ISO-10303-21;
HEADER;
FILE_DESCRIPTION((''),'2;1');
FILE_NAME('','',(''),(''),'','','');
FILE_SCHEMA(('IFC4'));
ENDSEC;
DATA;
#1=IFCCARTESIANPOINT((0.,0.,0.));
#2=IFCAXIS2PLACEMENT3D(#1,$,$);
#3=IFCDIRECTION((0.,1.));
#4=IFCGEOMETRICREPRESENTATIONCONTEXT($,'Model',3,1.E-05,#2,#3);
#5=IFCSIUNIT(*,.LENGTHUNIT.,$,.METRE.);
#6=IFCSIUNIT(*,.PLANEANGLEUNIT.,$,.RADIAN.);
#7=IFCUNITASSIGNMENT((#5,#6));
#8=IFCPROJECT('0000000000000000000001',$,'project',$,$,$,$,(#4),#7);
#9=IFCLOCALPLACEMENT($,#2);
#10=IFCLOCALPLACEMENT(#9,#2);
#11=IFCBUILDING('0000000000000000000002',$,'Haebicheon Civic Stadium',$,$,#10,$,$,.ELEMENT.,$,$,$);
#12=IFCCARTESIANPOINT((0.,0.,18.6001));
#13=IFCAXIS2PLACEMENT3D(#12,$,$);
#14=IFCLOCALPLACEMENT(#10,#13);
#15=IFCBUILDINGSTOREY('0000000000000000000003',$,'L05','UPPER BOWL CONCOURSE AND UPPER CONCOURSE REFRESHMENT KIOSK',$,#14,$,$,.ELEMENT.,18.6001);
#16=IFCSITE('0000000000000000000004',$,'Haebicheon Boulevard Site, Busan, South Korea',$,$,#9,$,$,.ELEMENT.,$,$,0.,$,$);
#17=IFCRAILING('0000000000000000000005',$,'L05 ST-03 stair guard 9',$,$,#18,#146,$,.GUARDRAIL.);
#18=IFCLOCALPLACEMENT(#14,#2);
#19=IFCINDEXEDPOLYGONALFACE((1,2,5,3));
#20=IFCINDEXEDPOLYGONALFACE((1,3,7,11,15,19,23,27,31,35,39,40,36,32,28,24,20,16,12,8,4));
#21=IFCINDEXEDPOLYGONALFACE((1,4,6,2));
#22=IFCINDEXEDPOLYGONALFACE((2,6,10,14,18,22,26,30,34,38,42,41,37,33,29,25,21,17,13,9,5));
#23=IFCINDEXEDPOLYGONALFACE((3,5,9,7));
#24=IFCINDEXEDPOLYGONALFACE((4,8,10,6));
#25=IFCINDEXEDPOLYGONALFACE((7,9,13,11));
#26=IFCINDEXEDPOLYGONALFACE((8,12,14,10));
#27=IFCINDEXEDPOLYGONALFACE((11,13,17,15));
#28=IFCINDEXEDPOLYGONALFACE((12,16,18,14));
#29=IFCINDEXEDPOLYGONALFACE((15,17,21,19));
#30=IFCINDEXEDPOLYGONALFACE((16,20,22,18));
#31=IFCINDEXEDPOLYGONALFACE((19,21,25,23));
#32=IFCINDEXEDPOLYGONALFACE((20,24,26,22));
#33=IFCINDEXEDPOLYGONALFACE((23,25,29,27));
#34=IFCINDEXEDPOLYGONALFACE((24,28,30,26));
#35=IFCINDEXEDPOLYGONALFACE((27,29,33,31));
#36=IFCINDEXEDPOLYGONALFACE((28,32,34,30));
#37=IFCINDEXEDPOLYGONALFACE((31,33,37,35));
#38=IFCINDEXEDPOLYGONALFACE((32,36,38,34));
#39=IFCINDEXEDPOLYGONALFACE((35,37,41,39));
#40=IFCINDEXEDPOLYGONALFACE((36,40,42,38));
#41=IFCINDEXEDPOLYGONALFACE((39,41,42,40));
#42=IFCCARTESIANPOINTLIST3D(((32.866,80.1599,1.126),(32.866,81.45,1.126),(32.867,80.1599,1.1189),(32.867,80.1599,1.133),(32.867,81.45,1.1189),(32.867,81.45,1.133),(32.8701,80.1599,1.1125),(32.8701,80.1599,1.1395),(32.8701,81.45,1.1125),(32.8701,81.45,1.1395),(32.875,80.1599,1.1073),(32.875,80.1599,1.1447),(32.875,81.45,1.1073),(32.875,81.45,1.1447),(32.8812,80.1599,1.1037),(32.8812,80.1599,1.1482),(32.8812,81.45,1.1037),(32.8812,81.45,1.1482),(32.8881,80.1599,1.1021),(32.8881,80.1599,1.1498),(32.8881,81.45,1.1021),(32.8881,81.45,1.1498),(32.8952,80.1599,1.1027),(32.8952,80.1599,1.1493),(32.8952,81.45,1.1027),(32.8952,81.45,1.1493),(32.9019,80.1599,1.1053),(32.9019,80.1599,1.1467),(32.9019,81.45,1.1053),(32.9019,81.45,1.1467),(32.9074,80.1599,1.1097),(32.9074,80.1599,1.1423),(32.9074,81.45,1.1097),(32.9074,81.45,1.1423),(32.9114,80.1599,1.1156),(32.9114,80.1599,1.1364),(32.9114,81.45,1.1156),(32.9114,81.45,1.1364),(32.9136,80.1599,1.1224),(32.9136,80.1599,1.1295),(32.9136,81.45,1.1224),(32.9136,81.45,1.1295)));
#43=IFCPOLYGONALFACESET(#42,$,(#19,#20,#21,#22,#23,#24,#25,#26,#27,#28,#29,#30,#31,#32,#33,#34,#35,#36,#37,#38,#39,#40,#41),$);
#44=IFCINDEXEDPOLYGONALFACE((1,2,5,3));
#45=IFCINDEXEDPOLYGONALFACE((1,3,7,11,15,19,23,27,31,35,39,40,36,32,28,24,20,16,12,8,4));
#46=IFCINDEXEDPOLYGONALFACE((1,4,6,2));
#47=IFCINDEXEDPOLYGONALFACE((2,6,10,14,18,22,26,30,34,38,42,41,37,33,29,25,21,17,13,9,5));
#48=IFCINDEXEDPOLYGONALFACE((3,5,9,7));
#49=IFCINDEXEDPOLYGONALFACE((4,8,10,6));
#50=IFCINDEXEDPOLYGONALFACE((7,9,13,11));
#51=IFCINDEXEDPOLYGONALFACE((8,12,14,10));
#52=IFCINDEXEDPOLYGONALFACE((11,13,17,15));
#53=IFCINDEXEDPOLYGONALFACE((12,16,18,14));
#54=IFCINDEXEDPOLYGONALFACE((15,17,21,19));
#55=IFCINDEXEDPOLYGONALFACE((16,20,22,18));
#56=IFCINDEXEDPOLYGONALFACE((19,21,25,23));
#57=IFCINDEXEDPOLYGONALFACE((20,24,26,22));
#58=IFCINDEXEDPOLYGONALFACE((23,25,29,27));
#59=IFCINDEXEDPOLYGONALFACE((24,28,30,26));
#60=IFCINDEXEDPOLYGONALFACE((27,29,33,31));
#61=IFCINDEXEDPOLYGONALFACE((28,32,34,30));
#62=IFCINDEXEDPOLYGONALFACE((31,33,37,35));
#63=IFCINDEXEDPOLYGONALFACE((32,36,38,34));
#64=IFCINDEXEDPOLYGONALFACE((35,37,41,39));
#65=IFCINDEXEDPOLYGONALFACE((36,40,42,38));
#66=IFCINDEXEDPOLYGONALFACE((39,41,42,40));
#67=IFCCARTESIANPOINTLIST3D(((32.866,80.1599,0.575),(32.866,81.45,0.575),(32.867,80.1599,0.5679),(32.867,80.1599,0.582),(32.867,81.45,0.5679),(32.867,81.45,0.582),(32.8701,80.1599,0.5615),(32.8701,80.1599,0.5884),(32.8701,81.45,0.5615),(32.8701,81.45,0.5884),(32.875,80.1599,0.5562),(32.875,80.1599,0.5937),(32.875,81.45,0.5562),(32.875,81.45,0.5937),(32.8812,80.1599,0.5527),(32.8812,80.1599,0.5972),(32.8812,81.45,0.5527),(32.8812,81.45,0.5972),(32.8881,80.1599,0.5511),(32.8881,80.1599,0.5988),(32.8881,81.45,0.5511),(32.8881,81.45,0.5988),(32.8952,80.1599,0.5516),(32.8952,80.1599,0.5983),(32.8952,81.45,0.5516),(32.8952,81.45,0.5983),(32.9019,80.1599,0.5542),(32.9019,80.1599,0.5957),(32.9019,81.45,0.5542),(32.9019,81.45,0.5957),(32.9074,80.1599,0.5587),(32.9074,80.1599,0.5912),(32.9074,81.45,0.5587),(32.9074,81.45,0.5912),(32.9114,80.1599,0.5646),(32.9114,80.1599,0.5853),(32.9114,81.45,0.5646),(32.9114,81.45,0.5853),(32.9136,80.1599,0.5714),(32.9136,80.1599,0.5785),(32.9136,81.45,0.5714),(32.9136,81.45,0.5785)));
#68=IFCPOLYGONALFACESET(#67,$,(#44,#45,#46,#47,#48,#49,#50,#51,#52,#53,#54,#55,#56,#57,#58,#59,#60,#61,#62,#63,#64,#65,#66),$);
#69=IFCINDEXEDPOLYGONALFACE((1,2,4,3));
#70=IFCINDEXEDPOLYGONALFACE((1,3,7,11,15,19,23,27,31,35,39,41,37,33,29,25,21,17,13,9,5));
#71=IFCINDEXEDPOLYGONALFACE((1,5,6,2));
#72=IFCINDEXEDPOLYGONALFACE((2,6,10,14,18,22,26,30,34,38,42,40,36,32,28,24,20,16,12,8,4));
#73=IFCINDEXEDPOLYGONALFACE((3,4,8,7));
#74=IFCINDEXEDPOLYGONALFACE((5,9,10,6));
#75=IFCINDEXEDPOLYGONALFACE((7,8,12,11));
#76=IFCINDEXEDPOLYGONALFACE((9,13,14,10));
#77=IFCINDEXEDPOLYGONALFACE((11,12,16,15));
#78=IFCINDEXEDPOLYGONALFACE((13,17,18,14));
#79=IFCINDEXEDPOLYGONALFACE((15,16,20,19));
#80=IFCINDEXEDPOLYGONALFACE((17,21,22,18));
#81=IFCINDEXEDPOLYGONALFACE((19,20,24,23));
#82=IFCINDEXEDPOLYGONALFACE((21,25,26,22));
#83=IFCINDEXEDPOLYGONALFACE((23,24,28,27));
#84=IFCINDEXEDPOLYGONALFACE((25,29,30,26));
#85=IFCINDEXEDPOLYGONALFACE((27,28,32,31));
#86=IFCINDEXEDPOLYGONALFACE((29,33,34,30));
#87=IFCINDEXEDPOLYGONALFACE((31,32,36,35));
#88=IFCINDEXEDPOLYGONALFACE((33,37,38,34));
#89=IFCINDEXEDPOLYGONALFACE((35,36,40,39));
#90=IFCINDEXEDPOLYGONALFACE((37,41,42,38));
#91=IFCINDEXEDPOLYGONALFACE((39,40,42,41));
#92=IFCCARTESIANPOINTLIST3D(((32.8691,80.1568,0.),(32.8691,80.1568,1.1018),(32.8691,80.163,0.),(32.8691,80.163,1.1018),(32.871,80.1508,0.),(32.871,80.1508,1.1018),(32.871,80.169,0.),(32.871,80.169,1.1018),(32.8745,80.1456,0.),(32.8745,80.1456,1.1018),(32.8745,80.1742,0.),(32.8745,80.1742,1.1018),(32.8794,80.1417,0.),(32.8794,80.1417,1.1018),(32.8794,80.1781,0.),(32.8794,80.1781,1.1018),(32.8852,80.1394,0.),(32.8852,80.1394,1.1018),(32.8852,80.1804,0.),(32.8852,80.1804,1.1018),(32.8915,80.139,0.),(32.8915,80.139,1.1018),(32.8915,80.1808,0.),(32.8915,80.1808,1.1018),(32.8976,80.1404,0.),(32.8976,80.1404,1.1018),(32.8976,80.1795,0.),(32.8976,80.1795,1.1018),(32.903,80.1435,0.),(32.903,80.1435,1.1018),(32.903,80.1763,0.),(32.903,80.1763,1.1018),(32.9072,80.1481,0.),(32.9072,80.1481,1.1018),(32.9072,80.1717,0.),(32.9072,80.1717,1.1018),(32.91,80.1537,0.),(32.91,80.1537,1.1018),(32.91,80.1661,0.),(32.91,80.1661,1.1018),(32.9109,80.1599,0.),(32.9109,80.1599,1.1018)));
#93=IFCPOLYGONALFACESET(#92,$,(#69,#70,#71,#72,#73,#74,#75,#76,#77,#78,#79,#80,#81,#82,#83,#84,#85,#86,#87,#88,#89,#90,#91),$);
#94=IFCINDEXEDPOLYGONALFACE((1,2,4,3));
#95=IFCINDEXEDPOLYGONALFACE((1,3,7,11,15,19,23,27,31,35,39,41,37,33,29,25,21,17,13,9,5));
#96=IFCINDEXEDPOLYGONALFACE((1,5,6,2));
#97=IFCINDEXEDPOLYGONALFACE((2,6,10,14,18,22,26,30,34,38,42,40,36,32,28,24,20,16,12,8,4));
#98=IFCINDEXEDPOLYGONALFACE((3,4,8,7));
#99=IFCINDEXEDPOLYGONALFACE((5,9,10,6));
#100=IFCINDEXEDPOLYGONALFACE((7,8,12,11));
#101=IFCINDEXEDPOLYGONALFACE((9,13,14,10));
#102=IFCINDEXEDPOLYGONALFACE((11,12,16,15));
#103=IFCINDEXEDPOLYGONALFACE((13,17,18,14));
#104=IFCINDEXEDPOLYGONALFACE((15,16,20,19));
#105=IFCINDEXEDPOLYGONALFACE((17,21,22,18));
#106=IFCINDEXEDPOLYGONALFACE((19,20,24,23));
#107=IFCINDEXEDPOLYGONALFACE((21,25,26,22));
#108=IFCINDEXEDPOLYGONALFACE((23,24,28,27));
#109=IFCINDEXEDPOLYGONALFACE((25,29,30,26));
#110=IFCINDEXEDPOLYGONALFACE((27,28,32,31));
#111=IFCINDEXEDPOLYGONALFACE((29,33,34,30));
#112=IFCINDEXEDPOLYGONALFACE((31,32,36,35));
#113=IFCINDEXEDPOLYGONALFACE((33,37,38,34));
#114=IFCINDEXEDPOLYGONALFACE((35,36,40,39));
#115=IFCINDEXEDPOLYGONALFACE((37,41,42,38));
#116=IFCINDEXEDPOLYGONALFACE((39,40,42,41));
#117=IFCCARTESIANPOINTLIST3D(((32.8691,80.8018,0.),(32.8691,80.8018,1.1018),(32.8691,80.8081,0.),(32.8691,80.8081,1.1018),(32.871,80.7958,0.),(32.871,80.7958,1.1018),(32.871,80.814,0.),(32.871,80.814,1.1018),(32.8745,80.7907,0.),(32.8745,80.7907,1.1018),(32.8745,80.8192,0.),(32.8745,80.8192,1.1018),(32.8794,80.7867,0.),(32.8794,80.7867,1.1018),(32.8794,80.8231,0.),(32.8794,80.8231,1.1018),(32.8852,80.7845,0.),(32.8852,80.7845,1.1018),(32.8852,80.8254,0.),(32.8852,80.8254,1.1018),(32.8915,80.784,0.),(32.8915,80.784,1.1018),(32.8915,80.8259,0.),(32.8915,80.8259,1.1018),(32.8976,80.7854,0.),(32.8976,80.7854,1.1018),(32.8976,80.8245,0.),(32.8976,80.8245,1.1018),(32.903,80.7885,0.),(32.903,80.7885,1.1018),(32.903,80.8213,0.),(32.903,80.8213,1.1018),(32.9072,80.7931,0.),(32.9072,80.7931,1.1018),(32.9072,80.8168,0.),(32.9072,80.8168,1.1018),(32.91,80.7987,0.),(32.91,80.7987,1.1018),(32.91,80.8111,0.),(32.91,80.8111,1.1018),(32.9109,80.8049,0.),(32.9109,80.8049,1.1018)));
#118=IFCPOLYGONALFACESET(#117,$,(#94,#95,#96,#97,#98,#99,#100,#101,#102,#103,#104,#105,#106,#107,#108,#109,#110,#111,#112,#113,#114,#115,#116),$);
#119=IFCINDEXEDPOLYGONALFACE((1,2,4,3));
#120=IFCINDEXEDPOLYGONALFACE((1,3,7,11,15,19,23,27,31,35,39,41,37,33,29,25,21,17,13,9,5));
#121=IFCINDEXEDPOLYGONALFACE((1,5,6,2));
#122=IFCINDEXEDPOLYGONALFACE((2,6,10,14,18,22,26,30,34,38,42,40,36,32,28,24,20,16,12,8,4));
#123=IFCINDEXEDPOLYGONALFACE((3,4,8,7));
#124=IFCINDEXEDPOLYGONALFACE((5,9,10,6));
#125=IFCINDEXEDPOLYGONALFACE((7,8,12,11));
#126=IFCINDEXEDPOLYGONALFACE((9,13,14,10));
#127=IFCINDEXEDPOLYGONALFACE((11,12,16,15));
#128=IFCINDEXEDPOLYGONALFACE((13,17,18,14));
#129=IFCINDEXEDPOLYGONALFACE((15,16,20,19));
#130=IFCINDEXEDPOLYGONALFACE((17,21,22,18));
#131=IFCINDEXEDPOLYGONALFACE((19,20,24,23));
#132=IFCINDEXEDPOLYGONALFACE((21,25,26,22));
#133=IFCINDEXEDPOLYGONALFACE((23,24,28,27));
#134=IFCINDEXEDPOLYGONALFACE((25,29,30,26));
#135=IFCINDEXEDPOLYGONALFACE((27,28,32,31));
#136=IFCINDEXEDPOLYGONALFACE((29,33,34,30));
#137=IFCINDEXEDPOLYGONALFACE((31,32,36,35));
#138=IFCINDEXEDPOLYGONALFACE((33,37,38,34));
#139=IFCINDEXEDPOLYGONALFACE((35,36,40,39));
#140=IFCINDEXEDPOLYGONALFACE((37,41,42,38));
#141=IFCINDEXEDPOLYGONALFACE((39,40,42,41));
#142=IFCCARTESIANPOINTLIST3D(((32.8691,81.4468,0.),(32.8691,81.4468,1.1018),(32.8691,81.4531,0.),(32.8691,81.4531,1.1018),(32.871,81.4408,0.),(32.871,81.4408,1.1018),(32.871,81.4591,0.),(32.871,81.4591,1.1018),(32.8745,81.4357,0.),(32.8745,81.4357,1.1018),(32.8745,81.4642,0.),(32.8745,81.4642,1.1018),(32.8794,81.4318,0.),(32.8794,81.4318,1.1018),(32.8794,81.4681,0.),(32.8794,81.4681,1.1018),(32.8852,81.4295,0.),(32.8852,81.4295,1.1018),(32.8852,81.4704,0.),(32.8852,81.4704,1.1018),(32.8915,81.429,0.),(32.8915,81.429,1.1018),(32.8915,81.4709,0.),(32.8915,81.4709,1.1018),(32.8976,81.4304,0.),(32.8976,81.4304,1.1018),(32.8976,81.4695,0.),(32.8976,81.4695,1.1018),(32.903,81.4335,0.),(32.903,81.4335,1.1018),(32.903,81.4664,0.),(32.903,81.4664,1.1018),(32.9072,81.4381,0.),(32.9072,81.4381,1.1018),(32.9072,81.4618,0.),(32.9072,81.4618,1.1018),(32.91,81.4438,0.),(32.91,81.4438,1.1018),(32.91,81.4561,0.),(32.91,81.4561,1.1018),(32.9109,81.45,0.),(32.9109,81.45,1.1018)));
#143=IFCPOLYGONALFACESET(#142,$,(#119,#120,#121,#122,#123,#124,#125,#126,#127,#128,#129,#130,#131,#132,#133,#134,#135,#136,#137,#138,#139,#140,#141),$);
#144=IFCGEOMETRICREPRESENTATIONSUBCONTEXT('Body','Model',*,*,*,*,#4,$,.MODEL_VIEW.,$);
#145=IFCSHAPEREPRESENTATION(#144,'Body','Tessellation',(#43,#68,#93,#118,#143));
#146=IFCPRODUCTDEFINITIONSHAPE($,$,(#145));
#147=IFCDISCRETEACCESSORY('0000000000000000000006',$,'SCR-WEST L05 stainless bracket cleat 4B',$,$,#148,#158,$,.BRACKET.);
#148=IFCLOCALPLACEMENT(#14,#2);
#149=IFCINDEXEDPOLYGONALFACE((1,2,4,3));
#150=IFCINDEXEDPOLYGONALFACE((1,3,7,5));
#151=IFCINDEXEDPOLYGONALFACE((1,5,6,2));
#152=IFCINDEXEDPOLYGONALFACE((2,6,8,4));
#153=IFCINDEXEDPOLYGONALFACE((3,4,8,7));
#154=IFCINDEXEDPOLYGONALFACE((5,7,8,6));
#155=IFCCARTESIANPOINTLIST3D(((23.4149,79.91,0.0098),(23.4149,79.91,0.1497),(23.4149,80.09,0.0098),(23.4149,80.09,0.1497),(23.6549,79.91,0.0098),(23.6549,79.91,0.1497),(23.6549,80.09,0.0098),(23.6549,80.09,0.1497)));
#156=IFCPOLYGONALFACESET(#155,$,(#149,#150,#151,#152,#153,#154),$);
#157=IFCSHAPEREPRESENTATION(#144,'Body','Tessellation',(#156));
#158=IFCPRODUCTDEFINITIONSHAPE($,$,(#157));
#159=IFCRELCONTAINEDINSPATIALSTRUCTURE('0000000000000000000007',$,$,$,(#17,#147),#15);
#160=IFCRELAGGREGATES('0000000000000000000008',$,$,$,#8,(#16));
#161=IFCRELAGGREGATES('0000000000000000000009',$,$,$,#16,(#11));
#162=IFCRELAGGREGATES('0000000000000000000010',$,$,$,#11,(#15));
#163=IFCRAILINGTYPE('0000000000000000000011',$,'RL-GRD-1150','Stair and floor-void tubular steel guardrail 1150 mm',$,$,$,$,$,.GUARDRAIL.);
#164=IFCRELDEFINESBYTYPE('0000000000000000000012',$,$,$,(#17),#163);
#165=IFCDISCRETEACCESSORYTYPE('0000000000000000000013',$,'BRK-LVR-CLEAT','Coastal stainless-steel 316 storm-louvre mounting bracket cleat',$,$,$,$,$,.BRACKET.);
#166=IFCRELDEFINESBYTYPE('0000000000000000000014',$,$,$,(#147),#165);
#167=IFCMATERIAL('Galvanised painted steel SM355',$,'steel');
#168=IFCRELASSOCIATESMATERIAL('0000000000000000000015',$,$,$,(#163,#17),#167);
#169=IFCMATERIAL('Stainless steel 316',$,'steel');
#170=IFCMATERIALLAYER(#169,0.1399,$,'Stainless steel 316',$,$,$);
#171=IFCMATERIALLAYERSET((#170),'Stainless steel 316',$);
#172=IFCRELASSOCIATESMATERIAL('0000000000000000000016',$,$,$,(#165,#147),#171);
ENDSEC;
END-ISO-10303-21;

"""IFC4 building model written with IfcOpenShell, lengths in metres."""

from ifc_helpers import new_model, si_unit, direction, frame, origin, origin_2d, place, context, subcontext, project, spatial, rectangle, circle, extrude, material, layer, layer_set, type_object, element, save


model = new_model("IFC4")

# Units and contexts
model_context = context("Model", 3, precision=1e-05, world=origin(), true_north=direction((0.0, 1.0)))
body_context = subcontext(model_context, "Body", "Model", "MODEL_VIEW")
ifc_project = project(units=[si_unit("LENGTHUNIT", "METRE"), si_unit("PLANEANGLEUNIT", "RADIAN")], contexts=[model_context])

# Site, building, storey
site_placement = place(None, origin())
site = spatial("IfcSite", under=ifc_project, at=site_placement, Name="Haebicheon Boulevard Site, Busan, South Korea", CompositionType="ELEMENT", RefElevation=0.0)
building_placement = place(site_placement, origin())
building = spatial("IfcBuilding", under=site, at=building_placement, Name="Haebicheon Civic Stadium", CompositionType="ELEMENT")
storey_placement = place(building_placement, frame((0.0, 0.0, 18.6001)))
storey = spatial("IfcBuildingStorey", under=building, at=storey_placement, Name="L05", Description="UPPER BOWL CONCOURSE AND UPPER CONCOURSE REFRESHMENT KIOSK", CompositionType="ELEMENT", Elevation=18.6001)

# Railing
ifc_material_1 = material(Name="Galvanised painted steel SM355", Category="steel")
railing_type = type_object("IfcRailingType", Name="RL-GRD-1150", Description="Stair and floor-void tubular steel guardrail 1150 mm", PredefinedType="GUARDRAIL", material=ifc_material_1)
for number, where, name in (
    (1, (32.8899, 80.1599, 0.0), "L05 ST-03 stair guard 9"),
):
    element("IfcRailing", number, at=place(storey_placement, frame(where)), inside=storey, type_object=railing_type, material=ifc_material_1, Name=name, PredefinedType="GUARDRAIL", context=body_context, shape_type="SweptSolid", body=[
        extrude(circle(Radius=0.0239, at=origin_2d()), frame((0.0, 0.0, 1.126), z_axis=(0.0, 1.0, 0.0), x_axis=(-1.0, 0.0, 0.0)), (0.0, 0.0, 1.0), 1.29),
        extrude(circle(Radius=0.0239, at=origin_2d()), frame((0.0, 0.0, 0.575), z_axis=(0.0, 1.0, 0.0), x_axis=(-1.0, 0.0, 0.0)), (0.0, 0.0, 1.0), 1.29),
        extrude(circle(Radius=0.021, at=origin_2d()), origin(), (0.0, 0.0, 1.0), 1.1018),
        extrude(circle(Radius=0.021, at=origin_2d()), frame((0.0, 0.645, 0.0)), (0.0, 0.0, 1.0), 1.1018),
        extrude(circle(Radius=0.021, at=origin_2d()), frame((0.0, 1.29, 0.0)), (0.0, 0.0, 1.0), 1.1018),
    ])

# Discrete accessory
ifc_material_2 = material(Name="Stainless steel 316", Category="steel")
ifc_layer_1 = layer(ifc_material_2, 0.1399, Name="Stainless steel 316")
ifc_layer_set_1 = layer_set([ifc_layer_1], Name="Stainless steel 316")
discrete_accessory_type = type_object("IfcDiscreteAccessoryType", Name="BRK-LVR-CLEAT", Description="Coastal stainless-steel 316 storm-louvre mounting bracket cleat", PredefinedType="BRACKET", material=ifc_layer_set_1)
discrete_accessory_placement = place(storey_placement, frame((23.5349, 80.0, 0.0098), z_axis=(0.0, 0.0, 1.0), x_axis=(1.0, 0.0, 0.0)))
element("IfcDiscreteAccessory", 2, at=discrete_accessory_placement, inside=storey, type_object=discrete_accessory_type, material=ifc_layer_set_1, Name="SCR-WEST L05 stainless bracket cleat 4B", PredefinedType="BRACKET", context=body_context, shape_type="SweptSolid", body=[
    extrude(rectangle(XDim=0.24, YDim=0.1799, at=origin_2d()), origin(), (0.0, 0.0, 1.0), 0.1399),
])

save(model, "model.ifc")
